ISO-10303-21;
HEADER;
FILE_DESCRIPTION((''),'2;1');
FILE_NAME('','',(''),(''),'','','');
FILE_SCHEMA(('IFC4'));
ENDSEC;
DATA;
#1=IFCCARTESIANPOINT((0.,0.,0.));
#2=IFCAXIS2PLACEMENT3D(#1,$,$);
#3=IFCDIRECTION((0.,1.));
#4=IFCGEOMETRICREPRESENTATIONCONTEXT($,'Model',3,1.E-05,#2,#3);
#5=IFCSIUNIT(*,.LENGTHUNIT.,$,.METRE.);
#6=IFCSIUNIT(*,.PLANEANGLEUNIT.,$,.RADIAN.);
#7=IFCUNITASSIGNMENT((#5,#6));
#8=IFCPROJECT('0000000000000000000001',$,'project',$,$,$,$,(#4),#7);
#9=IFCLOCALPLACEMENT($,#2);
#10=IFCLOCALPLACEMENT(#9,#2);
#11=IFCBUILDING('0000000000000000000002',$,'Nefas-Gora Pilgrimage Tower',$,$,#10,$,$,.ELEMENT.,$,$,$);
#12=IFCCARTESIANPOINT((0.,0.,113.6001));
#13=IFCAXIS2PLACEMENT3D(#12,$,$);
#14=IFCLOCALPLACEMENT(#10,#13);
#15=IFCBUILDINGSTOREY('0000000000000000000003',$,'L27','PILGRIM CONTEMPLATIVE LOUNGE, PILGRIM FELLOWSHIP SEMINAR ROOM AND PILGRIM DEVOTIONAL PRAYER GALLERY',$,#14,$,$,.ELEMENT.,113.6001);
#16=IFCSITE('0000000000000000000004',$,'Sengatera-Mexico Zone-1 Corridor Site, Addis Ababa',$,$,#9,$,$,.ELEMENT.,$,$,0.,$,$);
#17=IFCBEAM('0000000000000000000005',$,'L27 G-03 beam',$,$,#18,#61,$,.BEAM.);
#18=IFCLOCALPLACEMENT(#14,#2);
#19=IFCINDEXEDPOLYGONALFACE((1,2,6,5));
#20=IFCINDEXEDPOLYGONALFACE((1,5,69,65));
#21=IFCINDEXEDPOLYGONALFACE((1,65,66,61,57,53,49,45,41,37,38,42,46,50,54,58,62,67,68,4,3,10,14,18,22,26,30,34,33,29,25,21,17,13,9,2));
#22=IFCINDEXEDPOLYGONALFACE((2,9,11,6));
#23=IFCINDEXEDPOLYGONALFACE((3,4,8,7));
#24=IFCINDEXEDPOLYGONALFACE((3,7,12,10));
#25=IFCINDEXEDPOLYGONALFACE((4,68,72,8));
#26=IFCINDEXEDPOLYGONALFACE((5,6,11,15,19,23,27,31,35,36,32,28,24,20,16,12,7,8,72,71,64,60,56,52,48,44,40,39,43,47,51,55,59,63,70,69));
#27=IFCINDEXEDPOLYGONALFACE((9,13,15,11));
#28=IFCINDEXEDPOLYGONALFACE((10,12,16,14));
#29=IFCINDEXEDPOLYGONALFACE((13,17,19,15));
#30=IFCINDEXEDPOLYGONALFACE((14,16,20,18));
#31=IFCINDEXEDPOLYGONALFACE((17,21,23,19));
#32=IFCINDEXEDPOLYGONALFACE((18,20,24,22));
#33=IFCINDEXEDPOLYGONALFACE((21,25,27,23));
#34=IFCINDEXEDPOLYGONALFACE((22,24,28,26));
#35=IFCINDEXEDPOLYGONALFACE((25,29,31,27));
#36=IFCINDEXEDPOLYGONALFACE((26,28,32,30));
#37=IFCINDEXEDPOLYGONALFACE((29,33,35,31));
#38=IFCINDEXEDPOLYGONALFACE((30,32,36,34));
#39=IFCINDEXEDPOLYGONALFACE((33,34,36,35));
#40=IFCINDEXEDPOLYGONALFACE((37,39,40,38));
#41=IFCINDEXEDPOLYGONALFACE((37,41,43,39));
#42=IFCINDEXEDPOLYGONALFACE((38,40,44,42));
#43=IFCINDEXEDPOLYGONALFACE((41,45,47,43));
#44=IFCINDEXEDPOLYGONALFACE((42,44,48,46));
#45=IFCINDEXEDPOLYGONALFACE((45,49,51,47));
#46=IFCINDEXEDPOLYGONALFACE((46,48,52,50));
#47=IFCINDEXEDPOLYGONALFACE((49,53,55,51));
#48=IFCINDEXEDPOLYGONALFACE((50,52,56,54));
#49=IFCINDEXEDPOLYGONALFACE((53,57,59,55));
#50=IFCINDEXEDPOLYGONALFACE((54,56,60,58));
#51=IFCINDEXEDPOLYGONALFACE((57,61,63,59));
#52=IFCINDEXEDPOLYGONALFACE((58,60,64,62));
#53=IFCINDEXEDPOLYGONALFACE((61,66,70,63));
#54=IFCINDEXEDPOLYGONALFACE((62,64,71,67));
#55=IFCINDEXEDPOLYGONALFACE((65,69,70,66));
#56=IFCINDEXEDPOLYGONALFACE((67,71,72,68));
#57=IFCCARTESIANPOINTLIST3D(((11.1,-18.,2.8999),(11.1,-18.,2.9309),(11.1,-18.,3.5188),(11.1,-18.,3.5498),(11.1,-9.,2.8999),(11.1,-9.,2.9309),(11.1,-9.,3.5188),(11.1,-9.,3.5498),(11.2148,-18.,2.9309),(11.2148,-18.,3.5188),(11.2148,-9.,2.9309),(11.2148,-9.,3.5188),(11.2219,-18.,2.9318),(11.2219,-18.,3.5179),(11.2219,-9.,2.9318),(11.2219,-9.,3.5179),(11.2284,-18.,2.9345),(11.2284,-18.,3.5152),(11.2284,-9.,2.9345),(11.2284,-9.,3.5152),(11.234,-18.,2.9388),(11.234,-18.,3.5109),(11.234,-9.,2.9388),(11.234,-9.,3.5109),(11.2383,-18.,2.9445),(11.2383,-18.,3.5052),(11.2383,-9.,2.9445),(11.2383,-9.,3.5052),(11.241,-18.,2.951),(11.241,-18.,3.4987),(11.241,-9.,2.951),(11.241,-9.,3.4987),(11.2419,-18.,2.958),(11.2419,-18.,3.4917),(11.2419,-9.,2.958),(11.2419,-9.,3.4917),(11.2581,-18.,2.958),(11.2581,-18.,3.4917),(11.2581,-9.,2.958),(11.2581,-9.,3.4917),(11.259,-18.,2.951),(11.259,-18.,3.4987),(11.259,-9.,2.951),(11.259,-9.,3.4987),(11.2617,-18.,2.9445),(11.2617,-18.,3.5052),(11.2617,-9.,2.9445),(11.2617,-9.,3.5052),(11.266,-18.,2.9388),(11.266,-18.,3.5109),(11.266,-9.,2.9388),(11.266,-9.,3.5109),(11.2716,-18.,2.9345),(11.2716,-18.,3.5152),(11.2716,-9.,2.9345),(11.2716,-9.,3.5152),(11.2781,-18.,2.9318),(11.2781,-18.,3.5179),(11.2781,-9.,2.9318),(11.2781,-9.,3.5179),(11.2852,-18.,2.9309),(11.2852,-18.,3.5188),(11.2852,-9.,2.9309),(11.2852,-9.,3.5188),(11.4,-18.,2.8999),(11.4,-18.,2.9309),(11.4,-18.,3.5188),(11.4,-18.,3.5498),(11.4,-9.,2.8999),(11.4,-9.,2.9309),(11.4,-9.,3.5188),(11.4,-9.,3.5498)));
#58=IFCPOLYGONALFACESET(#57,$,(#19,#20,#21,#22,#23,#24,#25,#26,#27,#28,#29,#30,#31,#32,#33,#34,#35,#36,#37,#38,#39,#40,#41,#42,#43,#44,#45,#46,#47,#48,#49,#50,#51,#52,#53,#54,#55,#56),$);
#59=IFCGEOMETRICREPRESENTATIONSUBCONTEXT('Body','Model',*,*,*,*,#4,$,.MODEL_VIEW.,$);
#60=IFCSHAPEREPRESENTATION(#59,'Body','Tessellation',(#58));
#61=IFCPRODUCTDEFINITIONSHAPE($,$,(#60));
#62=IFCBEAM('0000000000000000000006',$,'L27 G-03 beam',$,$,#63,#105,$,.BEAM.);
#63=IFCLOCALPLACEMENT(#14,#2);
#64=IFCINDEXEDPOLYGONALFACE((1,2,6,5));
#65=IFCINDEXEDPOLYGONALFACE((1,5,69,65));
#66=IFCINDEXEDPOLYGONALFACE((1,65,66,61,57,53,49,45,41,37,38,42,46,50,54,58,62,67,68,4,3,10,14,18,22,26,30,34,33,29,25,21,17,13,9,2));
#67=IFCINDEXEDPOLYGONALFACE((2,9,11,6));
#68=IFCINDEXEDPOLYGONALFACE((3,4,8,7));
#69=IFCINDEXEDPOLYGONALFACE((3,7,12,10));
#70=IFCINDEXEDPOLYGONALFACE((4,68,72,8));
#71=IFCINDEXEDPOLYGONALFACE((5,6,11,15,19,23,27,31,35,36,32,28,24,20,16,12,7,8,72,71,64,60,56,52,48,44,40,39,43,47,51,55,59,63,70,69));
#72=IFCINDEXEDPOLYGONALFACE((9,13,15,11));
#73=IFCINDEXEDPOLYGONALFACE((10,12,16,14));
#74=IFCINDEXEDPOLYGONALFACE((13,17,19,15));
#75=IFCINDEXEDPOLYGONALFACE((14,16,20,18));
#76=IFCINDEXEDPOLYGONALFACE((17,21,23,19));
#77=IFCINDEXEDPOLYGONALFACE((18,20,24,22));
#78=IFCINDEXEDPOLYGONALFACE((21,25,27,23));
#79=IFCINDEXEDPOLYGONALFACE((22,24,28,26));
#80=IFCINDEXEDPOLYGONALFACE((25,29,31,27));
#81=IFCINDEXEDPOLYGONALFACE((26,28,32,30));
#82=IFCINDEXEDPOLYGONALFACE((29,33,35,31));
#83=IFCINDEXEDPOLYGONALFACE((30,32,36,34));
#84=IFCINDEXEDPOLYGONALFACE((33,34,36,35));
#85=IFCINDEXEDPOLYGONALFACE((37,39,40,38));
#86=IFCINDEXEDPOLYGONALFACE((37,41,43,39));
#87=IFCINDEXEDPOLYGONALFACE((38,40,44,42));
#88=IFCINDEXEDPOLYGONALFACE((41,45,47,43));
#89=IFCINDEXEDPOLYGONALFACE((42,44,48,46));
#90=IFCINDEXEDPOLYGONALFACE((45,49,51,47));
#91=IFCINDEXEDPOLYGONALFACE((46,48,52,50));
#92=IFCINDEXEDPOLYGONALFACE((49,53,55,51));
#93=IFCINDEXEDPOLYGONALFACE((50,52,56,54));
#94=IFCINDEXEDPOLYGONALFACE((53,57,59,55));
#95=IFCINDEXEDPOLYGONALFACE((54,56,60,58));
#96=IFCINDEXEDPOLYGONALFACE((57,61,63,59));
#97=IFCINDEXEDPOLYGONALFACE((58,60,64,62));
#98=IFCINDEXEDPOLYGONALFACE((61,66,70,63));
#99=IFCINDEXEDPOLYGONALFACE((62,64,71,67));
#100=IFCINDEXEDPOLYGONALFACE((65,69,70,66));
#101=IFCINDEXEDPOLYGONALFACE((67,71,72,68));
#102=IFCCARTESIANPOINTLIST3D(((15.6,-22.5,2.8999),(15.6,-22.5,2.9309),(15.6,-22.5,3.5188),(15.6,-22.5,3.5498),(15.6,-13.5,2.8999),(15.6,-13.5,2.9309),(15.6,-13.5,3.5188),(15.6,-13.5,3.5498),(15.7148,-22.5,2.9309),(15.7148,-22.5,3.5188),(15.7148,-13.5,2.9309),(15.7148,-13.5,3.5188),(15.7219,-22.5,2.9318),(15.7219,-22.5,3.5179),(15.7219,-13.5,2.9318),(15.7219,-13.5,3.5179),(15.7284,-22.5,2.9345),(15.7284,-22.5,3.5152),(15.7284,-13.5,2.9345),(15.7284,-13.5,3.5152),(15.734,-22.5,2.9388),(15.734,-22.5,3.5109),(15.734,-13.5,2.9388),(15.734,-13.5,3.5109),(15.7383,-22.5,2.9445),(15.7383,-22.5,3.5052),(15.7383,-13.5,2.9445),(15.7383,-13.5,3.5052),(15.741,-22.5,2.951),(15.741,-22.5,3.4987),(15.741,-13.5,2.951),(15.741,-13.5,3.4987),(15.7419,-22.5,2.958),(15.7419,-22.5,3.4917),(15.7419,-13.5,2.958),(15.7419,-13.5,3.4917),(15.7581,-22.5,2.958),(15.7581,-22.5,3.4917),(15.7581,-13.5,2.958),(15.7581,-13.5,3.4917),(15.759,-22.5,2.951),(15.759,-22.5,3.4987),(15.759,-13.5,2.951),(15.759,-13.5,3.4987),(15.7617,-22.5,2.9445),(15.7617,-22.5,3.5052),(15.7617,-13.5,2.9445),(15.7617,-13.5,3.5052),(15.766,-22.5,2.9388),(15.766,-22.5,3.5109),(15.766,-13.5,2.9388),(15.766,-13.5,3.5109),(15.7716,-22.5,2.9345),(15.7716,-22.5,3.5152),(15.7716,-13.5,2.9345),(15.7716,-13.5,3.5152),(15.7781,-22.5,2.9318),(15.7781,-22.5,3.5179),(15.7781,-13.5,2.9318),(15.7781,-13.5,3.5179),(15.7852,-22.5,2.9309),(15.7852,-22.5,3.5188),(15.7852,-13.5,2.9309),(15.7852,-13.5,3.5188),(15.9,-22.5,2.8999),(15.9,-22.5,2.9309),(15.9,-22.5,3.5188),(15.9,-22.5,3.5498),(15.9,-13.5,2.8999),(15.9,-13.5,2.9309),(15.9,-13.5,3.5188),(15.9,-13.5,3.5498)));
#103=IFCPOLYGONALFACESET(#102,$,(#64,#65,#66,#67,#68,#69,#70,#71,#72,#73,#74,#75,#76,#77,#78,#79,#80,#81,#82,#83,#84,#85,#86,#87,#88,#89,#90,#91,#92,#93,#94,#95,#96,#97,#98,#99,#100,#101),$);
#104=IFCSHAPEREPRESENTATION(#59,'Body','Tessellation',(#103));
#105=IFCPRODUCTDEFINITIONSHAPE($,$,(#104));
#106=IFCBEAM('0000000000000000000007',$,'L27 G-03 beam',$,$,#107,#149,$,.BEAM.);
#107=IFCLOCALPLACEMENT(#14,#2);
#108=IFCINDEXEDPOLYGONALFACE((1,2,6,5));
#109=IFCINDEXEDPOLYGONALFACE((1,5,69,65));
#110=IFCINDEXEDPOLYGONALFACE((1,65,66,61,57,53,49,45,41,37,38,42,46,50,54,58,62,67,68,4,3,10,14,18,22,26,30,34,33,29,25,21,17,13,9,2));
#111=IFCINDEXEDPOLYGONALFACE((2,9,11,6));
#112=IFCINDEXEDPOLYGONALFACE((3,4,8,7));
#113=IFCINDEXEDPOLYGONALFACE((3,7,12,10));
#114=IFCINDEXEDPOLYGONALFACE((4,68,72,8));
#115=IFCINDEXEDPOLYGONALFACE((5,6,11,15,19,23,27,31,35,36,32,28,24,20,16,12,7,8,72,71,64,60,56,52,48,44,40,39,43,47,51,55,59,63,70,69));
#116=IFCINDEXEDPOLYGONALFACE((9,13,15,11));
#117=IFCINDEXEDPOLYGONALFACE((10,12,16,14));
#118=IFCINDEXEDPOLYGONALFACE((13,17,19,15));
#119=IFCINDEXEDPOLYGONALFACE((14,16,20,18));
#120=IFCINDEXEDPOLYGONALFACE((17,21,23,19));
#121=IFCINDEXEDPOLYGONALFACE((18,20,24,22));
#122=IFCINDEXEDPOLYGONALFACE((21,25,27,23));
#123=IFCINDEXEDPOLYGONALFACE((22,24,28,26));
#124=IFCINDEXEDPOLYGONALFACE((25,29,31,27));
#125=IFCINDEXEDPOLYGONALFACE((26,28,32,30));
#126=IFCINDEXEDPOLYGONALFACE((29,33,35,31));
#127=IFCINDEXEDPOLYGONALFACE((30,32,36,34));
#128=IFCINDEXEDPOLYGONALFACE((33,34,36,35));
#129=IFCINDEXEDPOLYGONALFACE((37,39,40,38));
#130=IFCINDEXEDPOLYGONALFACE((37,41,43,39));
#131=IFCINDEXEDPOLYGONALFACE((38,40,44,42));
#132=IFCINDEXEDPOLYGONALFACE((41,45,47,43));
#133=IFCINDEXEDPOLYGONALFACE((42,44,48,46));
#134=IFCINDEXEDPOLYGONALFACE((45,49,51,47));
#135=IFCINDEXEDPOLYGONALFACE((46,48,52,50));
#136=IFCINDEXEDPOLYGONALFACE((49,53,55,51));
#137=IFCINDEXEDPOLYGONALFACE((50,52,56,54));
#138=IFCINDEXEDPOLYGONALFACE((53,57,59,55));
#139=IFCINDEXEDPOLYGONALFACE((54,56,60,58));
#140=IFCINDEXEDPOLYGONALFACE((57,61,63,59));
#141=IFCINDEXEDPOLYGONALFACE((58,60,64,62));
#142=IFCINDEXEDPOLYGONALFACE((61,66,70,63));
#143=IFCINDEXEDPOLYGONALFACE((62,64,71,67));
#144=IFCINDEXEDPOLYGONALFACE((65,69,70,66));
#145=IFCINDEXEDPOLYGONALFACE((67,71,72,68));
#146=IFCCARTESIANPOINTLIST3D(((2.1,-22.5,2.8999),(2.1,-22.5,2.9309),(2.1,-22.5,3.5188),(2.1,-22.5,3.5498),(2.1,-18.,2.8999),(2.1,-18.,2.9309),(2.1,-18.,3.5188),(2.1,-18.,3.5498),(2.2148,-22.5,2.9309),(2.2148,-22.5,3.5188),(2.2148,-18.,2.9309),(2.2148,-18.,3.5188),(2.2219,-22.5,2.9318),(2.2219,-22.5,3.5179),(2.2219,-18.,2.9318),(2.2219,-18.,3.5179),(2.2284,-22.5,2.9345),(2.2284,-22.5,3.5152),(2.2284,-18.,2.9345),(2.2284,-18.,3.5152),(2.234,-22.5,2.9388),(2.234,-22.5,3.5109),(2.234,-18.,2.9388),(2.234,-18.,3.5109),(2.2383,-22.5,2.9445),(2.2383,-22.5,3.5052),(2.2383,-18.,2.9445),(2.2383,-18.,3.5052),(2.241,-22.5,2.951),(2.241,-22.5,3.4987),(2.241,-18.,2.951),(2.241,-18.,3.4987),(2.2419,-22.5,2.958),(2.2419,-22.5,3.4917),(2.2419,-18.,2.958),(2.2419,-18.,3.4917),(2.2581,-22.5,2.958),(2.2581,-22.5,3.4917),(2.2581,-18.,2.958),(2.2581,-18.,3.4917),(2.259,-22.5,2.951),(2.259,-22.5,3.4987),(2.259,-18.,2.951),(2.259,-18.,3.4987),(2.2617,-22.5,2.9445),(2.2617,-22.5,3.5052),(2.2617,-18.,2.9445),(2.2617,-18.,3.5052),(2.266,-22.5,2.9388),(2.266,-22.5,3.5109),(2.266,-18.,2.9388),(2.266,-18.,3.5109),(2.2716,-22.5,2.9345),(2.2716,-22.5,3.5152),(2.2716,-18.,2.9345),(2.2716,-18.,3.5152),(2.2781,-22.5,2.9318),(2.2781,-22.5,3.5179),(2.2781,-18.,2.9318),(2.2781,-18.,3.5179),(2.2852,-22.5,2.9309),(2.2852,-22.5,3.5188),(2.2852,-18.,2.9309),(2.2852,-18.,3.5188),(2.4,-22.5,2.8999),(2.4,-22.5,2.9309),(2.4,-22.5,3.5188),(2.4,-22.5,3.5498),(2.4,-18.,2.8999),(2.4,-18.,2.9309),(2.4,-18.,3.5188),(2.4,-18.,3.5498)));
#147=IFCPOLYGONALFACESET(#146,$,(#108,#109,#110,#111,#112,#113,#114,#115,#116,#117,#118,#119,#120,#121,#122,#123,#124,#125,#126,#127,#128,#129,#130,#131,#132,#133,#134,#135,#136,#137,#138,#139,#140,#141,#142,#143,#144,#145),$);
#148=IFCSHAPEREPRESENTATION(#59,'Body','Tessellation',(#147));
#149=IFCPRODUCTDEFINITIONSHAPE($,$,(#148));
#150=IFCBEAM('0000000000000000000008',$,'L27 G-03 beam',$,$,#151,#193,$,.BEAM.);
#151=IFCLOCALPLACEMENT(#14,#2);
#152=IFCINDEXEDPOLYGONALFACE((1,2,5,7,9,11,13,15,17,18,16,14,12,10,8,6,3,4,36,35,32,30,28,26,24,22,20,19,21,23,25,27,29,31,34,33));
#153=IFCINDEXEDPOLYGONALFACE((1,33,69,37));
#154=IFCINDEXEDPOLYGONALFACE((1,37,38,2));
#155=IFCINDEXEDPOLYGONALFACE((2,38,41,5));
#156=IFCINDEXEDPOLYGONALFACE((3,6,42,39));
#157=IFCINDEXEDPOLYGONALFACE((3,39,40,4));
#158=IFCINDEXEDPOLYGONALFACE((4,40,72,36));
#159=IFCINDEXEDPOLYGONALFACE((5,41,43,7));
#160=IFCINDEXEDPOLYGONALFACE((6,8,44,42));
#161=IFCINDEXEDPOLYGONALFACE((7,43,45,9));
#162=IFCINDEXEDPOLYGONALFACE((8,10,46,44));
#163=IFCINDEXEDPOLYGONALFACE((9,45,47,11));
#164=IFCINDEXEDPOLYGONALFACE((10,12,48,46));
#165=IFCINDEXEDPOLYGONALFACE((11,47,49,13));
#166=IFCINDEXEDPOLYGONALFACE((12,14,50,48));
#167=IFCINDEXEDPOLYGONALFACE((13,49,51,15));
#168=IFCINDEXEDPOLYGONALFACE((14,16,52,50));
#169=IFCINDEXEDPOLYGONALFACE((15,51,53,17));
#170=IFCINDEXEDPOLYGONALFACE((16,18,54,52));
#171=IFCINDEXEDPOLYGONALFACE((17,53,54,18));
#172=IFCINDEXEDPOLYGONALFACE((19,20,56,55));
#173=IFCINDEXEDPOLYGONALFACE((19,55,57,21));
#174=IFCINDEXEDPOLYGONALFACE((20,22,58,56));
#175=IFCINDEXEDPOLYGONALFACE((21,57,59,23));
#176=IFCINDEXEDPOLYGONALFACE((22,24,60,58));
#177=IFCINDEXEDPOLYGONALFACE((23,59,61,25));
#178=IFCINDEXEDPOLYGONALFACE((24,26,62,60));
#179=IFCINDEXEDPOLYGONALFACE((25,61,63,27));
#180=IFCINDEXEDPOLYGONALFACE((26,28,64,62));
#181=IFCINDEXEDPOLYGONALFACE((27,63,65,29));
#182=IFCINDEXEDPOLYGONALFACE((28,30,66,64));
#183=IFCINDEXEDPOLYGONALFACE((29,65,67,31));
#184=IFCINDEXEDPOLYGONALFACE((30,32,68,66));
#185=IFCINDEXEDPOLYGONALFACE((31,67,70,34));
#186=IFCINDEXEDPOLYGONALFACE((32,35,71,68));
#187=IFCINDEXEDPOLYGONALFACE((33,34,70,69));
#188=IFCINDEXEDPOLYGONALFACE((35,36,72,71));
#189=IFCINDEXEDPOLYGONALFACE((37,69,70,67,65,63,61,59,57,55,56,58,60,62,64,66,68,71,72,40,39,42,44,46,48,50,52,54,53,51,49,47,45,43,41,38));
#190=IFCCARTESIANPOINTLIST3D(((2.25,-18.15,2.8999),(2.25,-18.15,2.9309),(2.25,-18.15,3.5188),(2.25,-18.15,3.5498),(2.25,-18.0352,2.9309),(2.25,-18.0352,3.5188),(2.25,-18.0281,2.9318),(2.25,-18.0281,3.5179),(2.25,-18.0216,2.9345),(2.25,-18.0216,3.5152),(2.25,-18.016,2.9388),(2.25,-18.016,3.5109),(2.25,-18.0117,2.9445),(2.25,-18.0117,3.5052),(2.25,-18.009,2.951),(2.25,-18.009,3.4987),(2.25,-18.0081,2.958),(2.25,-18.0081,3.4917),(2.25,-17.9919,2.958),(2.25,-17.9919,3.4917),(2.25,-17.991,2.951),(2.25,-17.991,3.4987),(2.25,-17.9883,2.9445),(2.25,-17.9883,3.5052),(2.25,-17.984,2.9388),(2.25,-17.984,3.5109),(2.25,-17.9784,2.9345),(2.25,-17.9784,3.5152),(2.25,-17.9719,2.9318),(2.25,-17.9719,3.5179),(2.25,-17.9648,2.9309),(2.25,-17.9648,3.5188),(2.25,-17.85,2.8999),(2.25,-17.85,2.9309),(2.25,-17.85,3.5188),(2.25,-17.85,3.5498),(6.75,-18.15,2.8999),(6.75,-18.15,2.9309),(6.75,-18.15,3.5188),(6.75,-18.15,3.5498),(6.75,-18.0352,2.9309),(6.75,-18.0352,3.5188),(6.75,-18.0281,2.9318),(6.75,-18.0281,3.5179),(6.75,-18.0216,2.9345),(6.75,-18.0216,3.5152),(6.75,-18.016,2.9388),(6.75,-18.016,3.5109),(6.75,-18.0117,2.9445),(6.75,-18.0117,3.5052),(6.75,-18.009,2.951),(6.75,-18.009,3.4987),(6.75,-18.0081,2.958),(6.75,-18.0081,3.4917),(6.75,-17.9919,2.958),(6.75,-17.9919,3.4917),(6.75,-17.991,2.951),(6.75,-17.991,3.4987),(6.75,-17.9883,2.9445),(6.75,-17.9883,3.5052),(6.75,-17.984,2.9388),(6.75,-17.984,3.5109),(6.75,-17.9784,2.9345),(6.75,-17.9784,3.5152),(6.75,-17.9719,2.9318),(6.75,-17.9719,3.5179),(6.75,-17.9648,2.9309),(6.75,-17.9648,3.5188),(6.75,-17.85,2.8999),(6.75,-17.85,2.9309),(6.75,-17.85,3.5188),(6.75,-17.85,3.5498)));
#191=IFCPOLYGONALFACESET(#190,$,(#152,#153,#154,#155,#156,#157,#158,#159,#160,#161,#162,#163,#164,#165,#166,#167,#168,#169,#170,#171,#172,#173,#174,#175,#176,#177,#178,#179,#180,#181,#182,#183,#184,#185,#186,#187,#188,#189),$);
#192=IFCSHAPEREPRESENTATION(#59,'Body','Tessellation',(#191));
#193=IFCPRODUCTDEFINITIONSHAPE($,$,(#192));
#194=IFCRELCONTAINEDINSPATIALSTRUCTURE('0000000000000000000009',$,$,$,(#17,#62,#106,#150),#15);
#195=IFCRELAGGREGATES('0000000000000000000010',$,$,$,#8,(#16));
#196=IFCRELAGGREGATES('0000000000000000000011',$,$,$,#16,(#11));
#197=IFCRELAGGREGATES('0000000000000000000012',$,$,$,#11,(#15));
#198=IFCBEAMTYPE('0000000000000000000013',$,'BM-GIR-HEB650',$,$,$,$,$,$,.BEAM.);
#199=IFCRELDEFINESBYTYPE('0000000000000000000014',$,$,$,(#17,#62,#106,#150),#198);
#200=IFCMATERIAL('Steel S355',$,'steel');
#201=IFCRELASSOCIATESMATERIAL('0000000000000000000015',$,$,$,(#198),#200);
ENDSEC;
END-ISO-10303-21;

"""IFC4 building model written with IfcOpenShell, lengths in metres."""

from ifc_helpers import new_model, si_unit, direction, frame, origin, origin_2d, place, context, subcontext, project, spatial, i_section, extrude, source, transform, mapped, material, material_profile, profile_set, type_object, element, save


model = new_model("IFC4")

# Units and contexts
model_context = context("Model", 3, precision=1e-05, world=origin(), true_north=direction((0.0, 1.0)))
body_context = subcontext(model_context, "Body", "Model", "MODEL_VIEW")
ifc_project = project(units=[si_unit("LENGTHUNIT", "METRE"), si_unit("PLANEANGLEUNIT", "RADIAN")], contexts=[model_context])

# Site, building, storey
site_placement = place(None, origin())
site = spatial("IfcSite", under=ifc_project, at=site_placement, Name="Sengatera-Mexico Zone-1 Corridor Site, Addis Ababa", CompositionType="ELEMENT", RefElevation=0.0)
building_placement = place(site_placement, origin())
building = spatial("IfcBuilding", under=site, at=building_placement, Name="Nefas-Gora Pilgrimage Tower", CompositionType="ELEMENT")
storey_placement = place(building_placement, frame((0.0, 0.0, 113.6001)))
storey = spatial("IfcBuildingStorey", under=building, at=storey_placement, Name="L27", Description="PILGRIM CONTEMPLATIVE LOUNGE, PILGRIM FELLOWSHIP SEMINAR ROOM AND PILGRIM DEVOTIONAL PRAYER GALLERY", CompositionType="ELEMENT", Elevation=113.6001)

# Beams
ifc_material_1 = material(Name="Steel S355", Category="steel")
ifc_material_profile_1 = material_profile(ifc_material_1, i_section(OverallWidth=0.3, OverallDepth=0.6499, WebThickness=0.0161, FlangeThickness=0.031, FilletRadius=0.0271, at=origin_2d()), Name="HEB 650")
ifc_profile_set_1 = profile_set([ifc_material_profile_1], Name="Steel S355")
beam_type_1 = type_object("IfcBeamType", Name="BM-GIR-HEB650", PredefinedType="BEAM", material=ifc_profile_set_1)
shared_shape_1 = source(origin(), body_context, "Body", "SweptSolid", [
    extrude(i_section(OverallWidth=0.3, OverallDepth=0.6499, WebThickness=0.0161, FlangeThickness=0.031, FilletRadius=0.0271, at=origin_2d()), origin(), (0.0, 0.0, 1.0), 9.0),
])
for number, where, z_axis, x_axis, name in (
    (1, (11.25, -18.0, 3.2249), (0.0, 1.0, 0.0), (-1.0, 0.0, 0.0), "L27 G-03 beam"),
    (2, (15.75, -22.5, 3.2249), (0.0, 1.0, 0.0), (-1.0, 0.0, 0.0), "L27 G-03 beam"),
):
    element("IfcBeam", number, at=place(storey_placement, frame(where, z_axis=z_axis, x_axis=x_axis)), inside=storey, type_object=beam_type_1, Name=name, PredefinedType="BEAM", context=body_context, shape_type="MappedRepresentation", body=[
        mapped(shared_shape_1, transform((0.0, 0.0, 0.0), x_axis=(1.0, 0.0, 0.0), y_axis=(0.0, 1.0, 0.0), z_axis=(0.0, 0.0, 1.0), scale=1.0)),
    ])
shared_shape_2 = source(origin(), body_context, "Body", "SweptSolid", [
    extrude(i_section(OverallWidth=0.3, OverallDepth=0.6499, WebThickness=0.0161, FlangeThickness=0.031, FilletRadius=0.0271, at=origin_2d()), origin(), (0.0, 0.0, 1.0), 4.5),
])
for number, where, z_axis, x_axis, name in (
    (3, (2.25, -22.5, 3.2249), (0.0, 1.0, 0.0), (-1.0, 0.0, 0.0), "L27 G-03 beam"),
    (4, (2.25, -18.0, 3.2249), (1.0, 0.0, 0.0), (0.0, 1.0, 0.0), "L27 G-03 beam"),
):
    element("IfcBeam", number, at=place(storey_placement, frame(where, z_axis=z_axis, x_axis=x_axis)), inside=storey, type_object=beam_type_1, Name=name, PredefinedType="BEAM", context=body_context, shape_type="MappedRepresentation", body=[
        mapped(shared_shape_2, transform((0.0, 0.0, 0.0), x_axis=(1.0, 0.0, 0.0), y_axis=(0.0, 1.0, 0.0), z_axis=(0.0, 0.0, 1.0), scale=1.0)),
    ])

save(model, "model.ifc")
